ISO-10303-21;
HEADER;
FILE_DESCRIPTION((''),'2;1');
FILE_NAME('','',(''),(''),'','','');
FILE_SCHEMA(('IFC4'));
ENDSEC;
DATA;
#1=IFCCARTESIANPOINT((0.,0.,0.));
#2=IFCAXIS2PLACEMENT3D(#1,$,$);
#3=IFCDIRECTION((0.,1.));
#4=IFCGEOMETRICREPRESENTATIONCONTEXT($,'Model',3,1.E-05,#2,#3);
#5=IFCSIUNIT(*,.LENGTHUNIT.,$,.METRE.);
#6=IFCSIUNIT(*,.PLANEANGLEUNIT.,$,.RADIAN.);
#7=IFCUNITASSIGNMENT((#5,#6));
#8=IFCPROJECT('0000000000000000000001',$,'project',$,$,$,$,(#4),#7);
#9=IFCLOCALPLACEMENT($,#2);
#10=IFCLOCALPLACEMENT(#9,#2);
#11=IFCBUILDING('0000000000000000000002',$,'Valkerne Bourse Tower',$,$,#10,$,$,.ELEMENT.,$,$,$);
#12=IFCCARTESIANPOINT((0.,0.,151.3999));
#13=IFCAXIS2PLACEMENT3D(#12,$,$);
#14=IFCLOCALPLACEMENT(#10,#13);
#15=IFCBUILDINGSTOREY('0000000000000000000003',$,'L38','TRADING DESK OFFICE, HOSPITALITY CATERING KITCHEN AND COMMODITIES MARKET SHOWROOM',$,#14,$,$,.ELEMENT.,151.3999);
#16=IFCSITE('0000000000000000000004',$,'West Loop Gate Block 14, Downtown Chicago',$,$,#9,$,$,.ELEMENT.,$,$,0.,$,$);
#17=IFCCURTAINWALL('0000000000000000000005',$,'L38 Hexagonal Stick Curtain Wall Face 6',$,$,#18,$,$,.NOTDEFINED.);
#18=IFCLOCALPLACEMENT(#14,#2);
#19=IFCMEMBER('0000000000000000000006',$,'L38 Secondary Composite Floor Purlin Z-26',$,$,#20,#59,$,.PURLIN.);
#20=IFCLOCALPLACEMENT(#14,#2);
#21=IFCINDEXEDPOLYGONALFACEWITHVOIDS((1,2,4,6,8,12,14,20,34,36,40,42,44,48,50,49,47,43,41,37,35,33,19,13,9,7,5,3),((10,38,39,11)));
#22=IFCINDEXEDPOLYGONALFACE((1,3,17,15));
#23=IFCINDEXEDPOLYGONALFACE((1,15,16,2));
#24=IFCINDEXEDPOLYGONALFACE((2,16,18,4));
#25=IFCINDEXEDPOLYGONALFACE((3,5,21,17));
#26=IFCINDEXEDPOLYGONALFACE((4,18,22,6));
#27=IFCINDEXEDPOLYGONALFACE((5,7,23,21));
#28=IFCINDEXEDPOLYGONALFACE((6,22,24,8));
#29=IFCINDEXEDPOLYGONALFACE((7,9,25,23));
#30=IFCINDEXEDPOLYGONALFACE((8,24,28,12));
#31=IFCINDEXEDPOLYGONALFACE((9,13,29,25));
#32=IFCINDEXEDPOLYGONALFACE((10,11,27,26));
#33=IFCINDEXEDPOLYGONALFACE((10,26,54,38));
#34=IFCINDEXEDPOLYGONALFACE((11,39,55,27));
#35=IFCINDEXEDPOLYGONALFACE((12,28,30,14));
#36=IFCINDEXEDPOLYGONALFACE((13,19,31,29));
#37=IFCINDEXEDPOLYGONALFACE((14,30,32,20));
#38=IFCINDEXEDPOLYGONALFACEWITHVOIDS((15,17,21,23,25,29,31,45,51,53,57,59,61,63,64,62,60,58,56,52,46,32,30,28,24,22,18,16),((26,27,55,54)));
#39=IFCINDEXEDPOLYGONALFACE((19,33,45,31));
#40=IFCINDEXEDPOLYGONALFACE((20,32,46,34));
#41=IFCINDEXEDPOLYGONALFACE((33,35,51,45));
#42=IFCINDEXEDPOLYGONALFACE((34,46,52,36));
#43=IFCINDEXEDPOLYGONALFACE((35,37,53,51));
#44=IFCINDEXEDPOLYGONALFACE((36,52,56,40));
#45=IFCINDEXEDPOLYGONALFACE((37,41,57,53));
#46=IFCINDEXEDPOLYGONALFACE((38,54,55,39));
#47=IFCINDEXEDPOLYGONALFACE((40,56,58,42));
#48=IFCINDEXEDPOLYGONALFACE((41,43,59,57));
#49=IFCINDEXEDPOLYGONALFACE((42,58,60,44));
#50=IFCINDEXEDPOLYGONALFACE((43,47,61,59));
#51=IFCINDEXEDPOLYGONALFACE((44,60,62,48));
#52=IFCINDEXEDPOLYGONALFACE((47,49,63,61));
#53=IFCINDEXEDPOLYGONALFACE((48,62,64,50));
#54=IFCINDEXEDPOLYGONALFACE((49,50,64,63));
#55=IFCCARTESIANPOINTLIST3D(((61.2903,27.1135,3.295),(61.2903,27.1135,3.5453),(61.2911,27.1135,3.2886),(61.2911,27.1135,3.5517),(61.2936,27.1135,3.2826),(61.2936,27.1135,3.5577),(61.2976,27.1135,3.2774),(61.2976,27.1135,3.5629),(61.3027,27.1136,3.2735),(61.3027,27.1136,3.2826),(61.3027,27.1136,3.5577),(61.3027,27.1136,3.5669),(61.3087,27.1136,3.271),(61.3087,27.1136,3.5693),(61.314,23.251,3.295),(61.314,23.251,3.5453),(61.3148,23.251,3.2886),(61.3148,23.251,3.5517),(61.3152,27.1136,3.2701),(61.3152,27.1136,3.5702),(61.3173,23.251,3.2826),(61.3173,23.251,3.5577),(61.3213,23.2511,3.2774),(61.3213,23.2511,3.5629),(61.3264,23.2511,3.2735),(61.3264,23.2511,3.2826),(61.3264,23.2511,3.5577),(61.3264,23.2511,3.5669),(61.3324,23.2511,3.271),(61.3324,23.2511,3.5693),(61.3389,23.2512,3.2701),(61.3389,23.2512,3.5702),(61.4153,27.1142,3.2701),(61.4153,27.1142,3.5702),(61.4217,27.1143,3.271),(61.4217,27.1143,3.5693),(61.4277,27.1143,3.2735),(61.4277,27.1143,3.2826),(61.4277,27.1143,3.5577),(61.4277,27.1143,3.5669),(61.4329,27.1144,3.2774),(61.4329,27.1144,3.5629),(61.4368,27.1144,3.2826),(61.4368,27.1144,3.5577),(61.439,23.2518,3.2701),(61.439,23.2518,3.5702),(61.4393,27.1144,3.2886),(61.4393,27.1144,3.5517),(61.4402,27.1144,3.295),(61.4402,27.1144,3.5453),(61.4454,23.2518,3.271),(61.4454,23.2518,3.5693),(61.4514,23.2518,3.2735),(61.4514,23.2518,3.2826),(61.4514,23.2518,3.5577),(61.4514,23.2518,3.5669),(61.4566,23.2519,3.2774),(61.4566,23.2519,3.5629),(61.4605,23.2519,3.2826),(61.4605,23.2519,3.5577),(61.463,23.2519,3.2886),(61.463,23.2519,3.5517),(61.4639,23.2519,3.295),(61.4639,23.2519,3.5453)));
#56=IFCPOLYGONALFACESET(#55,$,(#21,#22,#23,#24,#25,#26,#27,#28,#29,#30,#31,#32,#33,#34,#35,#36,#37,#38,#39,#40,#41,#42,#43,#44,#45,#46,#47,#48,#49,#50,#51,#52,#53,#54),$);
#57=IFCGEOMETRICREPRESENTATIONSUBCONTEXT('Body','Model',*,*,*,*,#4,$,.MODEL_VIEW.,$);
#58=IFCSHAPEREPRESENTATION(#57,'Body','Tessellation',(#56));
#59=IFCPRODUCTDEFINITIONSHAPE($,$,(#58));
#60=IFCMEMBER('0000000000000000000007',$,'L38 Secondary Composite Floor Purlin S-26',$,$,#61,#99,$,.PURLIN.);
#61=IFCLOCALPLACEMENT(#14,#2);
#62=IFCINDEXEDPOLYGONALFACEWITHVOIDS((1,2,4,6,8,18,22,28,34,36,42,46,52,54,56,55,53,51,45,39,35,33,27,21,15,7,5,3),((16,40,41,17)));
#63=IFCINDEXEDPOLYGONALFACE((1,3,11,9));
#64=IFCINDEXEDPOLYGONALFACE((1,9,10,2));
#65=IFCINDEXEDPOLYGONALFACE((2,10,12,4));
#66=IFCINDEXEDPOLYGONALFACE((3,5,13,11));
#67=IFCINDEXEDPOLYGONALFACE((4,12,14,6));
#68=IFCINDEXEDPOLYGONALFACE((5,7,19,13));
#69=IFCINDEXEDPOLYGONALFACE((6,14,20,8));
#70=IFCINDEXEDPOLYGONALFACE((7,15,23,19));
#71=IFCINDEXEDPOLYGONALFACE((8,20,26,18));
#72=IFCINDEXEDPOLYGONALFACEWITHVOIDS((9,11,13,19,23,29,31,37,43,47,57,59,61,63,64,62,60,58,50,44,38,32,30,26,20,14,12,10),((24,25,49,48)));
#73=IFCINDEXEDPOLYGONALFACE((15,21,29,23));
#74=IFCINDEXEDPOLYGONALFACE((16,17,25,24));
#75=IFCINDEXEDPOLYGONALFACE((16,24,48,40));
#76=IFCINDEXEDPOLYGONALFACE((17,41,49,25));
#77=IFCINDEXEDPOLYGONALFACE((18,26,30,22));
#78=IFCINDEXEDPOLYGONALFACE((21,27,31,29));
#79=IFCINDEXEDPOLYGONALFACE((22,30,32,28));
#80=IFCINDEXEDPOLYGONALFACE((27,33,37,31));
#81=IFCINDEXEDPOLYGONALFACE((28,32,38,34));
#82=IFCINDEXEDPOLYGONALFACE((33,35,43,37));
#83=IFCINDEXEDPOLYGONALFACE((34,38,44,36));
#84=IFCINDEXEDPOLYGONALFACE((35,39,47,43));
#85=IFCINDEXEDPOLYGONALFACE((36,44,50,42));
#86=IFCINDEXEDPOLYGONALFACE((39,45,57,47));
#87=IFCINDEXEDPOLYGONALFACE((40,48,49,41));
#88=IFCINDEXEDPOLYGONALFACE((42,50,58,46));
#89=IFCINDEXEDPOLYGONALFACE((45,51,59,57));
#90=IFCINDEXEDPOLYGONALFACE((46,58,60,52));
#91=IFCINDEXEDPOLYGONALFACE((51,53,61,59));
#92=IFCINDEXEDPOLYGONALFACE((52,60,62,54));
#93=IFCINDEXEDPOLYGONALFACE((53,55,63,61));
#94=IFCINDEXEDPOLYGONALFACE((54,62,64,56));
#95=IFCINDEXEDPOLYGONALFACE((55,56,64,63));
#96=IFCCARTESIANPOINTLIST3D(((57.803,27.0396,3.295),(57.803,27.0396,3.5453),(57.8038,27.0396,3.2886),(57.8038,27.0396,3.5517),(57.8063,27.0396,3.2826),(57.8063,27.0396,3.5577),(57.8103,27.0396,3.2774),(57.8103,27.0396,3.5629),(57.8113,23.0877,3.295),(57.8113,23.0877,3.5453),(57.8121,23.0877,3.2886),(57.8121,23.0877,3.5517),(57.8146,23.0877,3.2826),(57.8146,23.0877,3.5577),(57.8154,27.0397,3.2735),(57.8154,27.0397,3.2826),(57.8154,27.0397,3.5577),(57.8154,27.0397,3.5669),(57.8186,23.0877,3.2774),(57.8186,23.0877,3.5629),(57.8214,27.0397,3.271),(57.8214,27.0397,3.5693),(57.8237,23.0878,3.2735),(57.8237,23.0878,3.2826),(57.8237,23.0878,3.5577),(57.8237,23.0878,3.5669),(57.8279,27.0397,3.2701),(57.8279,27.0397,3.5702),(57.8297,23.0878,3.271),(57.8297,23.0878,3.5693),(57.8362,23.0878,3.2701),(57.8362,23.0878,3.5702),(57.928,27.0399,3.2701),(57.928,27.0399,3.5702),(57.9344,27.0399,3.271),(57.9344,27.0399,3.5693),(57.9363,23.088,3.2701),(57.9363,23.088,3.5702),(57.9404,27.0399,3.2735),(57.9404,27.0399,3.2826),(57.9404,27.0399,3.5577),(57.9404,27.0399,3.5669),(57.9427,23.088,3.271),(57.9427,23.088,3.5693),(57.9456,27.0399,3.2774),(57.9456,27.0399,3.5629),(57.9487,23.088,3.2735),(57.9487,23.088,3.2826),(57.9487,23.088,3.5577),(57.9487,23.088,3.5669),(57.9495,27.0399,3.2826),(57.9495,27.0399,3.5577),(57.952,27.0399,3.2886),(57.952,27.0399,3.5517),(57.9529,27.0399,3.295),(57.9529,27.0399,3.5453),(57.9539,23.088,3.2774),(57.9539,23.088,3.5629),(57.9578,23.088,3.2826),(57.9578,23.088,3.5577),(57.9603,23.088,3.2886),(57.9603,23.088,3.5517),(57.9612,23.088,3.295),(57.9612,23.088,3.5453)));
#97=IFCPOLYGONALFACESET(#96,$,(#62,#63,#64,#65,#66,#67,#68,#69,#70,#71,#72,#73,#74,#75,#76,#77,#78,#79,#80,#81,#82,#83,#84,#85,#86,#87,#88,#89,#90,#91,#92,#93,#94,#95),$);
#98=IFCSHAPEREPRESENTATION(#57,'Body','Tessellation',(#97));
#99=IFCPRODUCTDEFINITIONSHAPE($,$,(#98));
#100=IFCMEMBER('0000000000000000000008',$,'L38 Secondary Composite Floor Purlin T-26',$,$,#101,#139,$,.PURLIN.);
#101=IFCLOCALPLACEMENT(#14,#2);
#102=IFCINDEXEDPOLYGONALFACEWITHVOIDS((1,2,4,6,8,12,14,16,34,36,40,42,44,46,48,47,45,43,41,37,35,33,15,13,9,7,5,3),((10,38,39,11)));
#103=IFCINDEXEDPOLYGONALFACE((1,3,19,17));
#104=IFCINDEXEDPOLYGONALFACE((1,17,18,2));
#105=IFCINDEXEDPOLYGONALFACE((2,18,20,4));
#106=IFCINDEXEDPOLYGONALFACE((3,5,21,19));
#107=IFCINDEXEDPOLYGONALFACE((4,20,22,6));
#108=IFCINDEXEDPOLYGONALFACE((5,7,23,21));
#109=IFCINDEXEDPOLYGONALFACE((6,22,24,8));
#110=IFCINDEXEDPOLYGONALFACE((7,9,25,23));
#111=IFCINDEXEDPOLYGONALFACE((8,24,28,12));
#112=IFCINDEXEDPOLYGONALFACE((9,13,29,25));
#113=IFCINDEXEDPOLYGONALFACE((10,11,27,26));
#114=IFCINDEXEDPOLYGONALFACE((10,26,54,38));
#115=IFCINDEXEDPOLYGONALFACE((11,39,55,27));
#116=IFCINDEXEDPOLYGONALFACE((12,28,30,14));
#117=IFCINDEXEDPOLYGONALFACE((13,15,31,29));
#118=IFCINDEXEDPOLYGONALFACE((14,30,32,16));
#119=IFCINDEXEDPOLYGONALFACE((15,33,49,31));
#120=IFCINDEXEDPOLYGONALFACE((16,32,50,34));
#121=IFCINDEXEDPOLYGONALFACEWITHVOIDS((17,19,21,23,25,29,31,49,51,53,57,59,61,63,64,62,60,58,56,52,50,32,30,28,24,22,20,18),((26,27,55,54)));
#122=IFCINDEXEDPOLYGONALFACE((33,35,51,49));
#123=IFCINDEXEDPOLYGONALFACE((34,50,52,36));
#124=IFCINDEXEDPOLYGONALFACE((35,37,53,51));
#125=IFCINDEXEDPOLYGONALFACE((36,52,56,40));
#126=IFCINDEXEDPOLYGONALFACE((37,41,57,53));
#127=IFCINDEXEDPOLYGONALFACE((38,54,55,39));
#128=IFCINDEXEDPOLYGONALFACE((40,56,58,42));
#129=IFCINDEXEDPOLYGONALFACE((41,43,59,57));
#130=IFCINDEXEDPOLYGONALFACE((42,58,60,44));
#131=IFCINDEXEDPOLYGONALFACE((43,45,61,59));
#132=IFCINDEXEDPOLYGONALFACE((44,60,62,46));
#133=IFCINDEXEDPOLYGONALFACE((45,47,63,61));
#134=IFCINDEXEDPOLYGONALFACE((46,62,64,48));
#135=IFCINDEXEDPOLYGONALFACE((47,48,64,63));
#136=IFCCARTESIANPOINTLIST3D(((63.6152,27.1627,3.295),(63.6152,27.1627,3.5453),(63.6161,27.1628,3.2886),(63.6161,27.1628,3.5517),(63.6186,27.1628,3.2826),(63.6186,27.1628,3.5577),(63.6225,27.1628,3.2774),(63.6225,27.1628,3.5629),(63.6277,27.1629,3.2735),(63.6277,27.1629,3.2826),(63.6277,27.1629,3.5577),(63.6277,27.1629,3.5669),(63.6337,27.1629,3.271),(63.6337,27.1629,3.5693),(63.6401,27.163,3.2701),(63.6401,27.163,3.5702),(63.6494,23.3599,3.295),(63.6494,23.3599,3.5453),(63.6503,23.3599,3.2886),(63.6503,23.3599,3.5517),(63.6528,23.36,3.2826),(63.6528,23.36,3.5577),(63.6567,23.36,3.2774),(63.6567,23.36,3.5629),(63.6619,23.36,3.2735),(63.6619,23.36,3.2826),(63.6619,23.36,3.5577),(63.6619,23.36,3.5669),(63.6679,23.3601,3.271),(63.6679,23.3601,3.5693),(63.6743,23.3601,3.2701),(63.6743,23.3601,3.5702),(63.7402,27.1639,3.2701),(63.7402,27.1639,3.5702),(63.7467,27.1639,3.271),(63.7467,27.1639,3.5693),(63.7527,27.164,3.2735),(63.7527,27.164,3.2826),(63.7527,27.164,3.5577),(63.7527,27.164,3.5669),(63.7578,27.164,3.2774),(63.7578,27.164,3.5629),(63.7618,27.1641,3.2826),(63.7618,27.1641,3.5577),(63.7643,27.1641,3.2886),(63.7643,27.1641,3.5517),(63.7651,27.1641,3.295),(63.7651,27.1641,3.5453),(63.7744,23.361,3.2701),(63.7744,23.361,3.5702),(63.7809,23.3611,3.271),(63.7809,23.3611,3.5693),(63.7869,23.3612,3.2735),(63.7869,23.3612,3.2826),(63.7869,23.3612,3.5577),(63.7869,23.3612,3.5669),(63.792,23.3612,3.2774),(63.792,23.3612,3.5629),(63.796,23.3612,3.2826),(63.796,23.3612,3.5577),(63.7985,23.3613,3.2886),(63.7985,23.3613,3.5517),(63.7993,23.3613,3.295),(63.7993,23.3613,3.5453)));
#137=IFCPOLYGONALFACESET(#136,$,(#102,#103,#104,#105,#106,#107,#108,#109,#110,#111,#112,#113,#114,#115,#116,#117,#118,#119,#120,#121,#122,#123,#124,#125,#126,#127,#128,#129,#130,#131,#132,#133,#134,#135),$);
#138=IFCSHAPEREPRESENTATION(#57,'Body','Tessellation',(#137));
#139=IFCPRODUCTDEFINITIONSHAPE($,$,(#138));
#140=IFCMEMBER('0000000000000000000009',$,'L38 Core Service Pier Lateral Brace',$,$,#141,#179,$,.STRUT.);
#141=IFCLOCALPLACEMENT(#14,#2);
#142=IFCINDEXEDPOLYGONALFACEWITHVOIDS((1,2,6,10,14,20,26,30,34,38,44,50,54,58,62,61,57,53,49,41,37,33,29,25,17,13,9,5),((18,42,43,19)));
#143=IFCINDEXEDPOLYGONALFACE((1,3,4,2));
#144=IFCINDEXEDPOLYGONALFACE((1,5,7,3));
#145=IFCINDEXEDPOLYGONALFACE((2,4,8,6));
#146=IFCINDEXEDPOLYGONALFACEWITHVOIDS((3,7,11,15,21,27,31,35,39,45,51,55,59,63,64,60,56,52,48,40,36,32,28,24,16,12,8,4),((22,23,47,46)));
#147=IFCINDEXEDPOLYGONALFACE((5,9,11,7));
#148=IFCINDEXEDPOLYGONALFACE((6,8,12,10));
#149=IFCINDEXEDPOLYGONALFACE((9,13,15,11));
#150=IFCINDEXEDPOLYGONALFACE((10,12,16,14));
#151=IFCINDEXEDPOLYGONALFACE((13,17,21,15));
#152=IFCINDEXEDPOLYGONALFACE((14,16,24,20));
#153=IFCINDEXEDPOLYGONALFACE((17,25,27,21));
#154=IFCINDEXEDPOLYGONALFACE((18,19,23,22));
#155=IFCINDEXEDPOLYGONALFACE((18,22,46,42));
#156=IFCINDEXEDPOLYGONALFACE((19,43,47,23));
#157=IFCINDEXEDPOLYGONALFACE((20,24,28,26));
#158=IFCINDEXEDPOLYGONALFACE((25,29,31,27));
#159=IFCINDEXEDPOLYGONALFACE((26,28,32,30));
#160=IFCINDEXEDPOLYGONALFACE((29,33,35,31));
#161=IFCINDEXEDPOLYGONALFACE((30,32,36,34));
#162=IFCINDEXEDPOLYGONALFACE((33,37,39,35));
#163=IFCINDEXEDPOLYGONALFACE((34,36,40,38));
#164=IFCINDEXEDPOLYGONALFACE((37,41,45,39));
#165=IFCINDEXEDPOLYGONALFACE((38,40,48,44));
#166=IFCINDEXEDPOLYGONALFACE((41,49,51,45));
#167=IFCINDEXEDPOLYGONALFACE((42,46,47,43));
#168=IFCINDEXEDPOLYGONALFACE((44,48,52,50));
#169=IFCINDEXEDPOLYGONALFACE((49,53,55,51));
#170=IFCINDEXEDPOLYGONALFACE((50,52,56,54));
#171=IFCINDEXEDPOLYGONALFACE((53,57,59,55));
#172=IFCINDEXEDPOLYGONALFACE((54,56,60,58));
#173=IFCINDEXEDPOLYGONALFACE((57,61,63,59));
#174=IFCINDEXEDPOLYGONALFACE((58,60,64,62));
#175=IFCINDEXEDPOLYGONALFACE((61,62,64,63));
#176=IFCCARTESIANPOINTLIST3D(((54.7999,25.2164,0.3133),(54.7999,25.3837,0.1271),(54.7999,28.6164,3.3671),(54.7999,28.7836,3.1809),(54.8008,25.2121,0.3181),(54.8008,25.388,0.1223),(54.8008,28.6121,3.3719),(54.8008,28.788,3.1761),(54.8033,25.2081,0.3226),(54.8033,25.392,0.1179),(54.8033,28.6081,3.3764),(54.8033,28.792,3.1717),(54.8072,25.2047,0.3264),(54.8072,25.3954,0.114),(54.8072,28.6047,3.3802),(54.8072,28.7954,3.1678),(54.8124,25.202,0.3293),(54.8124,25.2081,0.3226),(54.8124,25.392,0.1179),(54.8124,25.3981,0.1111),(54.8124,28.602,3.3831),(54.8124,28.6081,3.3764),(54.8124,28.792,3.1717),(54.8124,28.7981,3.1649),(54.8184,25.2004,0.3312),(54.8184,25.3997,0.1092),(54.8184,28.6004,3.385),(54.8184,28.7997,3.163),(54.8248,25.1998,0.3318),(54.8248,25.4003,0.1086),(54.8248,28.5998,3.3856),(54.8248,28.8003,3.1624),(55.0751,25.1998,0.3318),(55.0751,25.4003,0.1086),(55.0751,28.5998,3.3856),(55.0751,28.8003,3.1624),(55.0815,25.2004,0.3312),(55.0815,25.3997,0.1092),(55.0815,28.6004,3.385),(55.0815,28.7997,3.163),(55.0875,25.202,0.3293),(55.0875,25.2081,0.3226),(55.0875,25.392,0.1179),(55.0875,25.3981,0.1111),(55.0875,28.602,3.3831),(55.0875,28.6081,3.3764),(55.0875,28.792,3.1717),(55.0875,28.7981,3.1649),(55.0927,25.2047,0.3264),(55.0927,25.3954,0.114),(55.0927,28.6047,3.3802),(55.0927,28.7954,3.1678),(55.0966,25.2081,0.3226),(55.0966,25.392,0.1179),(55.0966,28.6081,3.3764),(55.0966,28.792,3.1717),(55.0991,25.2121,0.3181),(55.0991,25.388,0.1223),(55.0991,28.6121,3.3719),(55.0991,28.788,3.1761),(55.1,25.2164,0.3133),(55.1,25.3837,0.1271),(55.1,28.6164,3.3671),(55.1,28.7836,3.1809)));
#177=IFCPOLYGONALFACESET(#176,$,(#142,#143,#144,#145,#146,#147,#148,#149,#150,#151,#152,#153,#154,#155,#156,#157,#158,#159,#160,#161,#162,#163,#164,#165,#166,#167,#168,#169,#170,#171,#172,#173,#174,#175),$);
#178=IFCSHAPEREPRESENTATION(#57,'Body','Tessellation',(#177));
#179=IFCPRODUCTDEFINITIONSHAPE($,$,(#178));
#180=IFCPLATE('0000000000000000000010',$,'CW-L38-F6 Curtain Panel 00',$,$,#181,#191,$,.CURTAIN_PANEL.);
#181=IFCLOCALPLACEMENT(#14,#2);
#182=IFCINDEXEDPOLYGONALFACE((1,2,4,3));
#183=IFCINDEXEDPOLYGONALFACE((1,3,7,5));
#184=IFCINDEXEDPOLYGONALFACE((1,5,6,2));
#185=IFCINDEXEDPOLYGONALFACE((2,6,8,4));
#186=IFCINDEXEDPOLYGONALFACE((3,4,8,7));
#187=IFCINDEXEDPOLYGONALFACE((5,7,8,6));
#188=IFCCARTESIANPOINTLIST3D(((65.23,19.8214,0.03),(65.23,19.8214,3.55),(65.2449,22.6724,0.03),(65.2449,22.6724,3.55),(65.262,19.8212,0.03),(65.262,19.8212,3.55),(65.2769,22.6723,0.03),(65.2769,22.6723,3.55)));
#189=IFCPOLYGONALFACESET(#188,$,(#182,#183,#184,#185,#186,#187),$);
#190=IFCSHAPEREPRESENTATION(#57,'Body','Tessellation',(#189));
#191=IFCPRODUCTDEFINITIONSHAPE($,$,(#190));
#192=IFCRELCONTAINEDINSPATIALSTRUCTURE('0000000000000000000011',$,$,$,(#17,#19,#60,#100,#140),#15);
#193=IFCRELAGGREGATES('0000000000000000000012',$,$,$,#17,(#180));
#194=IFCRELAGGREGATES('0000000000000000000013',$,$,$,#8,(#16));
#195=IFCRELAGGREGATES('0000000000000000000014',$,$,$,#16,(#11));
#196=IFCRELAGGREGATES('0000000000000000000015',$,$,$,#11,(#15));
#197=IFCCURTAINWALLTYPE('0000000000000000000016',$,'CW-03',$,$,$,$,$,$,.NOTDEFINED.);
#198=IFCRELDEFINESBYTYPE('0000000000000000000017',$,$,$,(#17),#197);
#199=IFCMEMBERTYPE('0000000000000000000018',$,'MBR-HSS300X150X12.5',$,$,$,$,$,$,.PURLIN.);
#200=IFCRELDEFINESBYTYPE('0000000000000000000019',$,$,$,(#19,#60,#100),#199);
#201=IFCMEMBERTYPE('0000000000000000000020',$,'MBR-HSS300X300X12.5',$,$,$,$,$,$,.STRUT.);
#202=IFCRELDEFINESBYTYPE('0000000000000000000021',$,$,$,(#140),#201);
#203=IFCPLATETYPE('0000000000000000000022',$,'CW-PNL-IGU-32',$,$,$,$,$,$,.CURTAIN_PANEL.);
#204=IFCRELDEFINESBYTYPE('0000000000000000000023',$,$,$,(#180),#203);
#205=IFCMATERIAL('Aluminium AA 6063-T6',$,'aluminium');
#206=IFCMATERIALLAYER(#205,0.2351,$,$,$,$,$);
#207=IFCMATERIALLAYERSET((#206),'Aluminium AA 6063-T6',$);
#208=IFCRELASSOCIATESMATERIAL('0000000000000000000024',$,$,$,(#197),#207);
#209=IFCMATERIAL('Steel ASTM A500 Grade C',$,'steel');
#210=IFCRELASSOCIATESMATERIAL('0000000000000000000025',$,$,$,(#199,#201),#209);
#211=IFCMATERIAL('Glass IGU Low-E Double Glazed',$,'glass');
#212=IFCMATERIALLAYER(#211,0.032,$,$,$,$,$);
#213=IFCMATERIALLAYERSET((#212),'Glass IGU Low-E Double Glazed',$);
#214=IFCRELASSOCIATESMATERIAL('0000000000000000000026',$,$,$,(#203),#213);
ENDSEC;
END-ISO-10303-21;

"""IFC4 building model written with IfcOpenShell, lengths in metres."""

from ifc_helpers import new_model, si_unit, direction, frame, origin, origin_2d, place, context, subcontext, project, spatial, rectangle, hollow_rectangle, extrude, material, layer, layer_set, material_profile, profile_set, type_object, element, aggregate, save


model = new_model("IFC4")

# Units and contexts
model_context = context("Model", 3, precision=1e-05, world=origin(), true_north=direction((0.0, 1.0)))
body_context = subcontext(model_context, "Body", "Model", "MODEL_VIEW")
ifc_project = project(units=[si_unit("LENGTHUNIT", "METRE"), si_unit("PLANEANGLEUNIT", "RADIAN")], contexts=[model_context])

# Site, building, storey
site_placement = place(None, origin())
site = spatial("IfcSite", under=ifc_project, at=site_placement, Name="West Loop Gate Block 14, Downtown Chicago", CompositionType="ELEMENT", RefElevation=0.0)
building_placement = place(site_placement, origin())
building = spatial("IfcBuilding", under=site, at=building_placement, Name="Valkerne Bourse Tower", CompositionType="ELEMENT")
storey_placement = place(building_placement, frame((0.0, 0.0, 151.3999)))
storey = spatial("IfcBuildingStorey", under=building, at=storey_placement, Name="L38", Description="TRADING DESK OFFICE, HOSPITALITY CATERING KITCHEN AND COMMODITIES MARKET SHOWROOM", CompositionType="ELEMENT", Elevation=151.3999)

# Curtain wall
ifc_material_1 = material(Name="Aluminium AA 6063-T6", Category="aluminium")
ifc_layer_1 = layer(ifc_material_1, 0.2351)
ifc_layer_set_1 = layer_set([ifc_layer_1], Name="Aluminium AA 6063-T6")
curtain_wall_type = type_object("IfcCurtainWallType", Name="CW-03", PredefinedType="NOTDEFINED", material=ifc_layer_set_1)
curtain_wall_placement = place(storey_placement, origin())
curtain_wall = element("IfcCurtainWall", 1, at=curtain_wall_placement, inside=storey, type_object=curtain_wall_type, Name="L38 Hexagonal Stick Curtain Wall Face 6", PredefinedType="NOTDEFINED")

# Members
ifc_material_2 = material(Name="Steel ASTM A500 Grade C", Category="steel")
ifc_material_profile_1 = material_profile(ifc_material_2, hollow_rectangle(XDim=0.1499, YDim=0.3, WallThickness=0.0125, OuterFilletRadius=0.0249, at=origin_2d()), Name="HSS300X150X12.5")
ifc_profile_set_1 = profile_set([ifc_material_profile_1], Name="Steel ASTM A500 Grade C")
member_type_1 = type_object("IfcMemberType", Name="MBR-HSS300X150X12.5", PredefinedType="PURLIN", material=ifc_profile_set_1)
member_1_placement = place(storey_placement, frame((61.3889, 23.2515, 3.4202), z_axis=(-0.006131, 0.999981, 0.0), x_axis=(-0.999981, -0.006131, 0.0)))
element("IfcMember", 2, at=member_1_placement, inside=storey, type_object=member_type_1, Name="L38 Secondary Composite Floor Purlin Z-26", PredefinedType="PURLIN", context=body_context, shape_type="SweptSolid", body=[
    extrude(hollow_rectangle(XDim=0.1499, YDim=0.3, WallThickness=0.0125, OuterFilletRadius=0.0249, at=origin_2d()), origin(), (0.0, 0.0, 1.0), 3.8625),
])
member_2_placement = place(storey_placement, frame((57.8862, 23.0879, 3.4202), z_axis=(-0.0021, 0.999998, 0.0), x_axis=(-0.999998, -0.0021, 0.0)))
element("IfcMember", 3, at=member_2_placement, inside=storey, type_object=member_type_1, Name="L38 Secondary Composite Floor Purlin S-26", PredefinedType="PURLIN", context=body_context, shape_type="SweptSolid", body=[
    extrude(hollow_rectangle(XDim=0.1499, YDim=0.3, WallThickness=0.0125, OuterFilletRadius=0.0249, at=origin_2d()), origin(), (0.0, 0.0, 1.0), 3.9519),
])
member_3_placement = place(storey_placement, frame((63.7244, 23.3606, 3.4202), z_axis=(-0.008988, 0.99996, 0.0), x_axis=(-0.99996, -0.008988, 0.0)))
element("IfcMember", 4, at=member_3_placement, inside=storey, type_object=member_type_1, Name="L38 Secondary Composite Floor Purlin T-26", PredefinedType="PURLIN", context=body_context, shape_type="SweptSolid", body=[
    extrude(hollow_rectangle(XDim=0.1499, YDim=0.3, WallThickness=0.0125, OuterFilletRadius=0.0249, at=origin_2d()), origin(), (0.0, 0.0, 1.0), 3.803),
])
ifc_material_profile_2 = material_profile(ifc_material_2, hollow_rectangle(XDim=0.3, YDim=0.3, WallThickness=0.0125, OuterFilletRadius=0.0249, at=origin_2d()), Name="HSS300X300X12.5")
ifc_profile_set_2 = profile_set([ifc_material_profile_2], Name="Steel ASTM A500 Grade C")
member_type_2 = type_object("IfcMemberType", Name="MBR-HSS300X300X12.5", PredefinedType="STRUT", material=ifc_profile_set_2)
member_4_placement = place(storey_placement, frame((54.95, 25.3, 0.2202), z_axis=(0.0, 0.743968, 0.668215), x_axis=(-1.0, 0.0, 0.0)))
element("IfcMember", 5, at=member_4_placement, inside=storey, type_object=member_type_2, Name="L38 Core Service Pier Lateral Brace", PredefinedType="STRUT", context=body_context, shape_type="SweptSolid", body=[
    extrude(hollow_rectangle(XDim=0.3, YDim=0.3, WallThickness=0.0125, OuterFilletRadius=0.0249, at=origin_2d()), origin(), (0.0, 0.0, 1.0), 4.5701),
])

# Plate
ifc_material_3 = material(Name="Glass IGU Low-E Double Glazed", Category="glass")
ifc_layer_2 = layer(ifc_material_3, 0.032)
ifc_layer_set_2 = layer_set([ifc_layer_2], Name="Glass IGU Low-E Double Glazed")
plate_type_1 = type_object("IfcPlateType", Name="CW-PNL-IGU-32", PredefinedType="CURTAIN_PANEL", material=ifc_layer_set_2)
plate_1_placement = place(storey_placement, frame((65.2534, 21.2468, 0.03), z_axis=(0.0, 0.0, 1.0), x_axis=(0.005224, 0.999986, 0.0)))
plate_1 = element("IfcPlate", 6, at=plate_1_placement, type_object=plate_type_1, Name="CW-L38-F6 Curtain Panel 00", PredefinedType="CURTAIN_PANEL", context=body_context, shape_type="SweptSolid", body=[
    extrude(rectangle(XDim=2.8511, YDim=0.032, at=origin_2d()), origin(), (0.0, 0.0, 1.0), 3.52),
])
aggregate(curtain_wall, [plate_1])

save(model, "model.ifc")
